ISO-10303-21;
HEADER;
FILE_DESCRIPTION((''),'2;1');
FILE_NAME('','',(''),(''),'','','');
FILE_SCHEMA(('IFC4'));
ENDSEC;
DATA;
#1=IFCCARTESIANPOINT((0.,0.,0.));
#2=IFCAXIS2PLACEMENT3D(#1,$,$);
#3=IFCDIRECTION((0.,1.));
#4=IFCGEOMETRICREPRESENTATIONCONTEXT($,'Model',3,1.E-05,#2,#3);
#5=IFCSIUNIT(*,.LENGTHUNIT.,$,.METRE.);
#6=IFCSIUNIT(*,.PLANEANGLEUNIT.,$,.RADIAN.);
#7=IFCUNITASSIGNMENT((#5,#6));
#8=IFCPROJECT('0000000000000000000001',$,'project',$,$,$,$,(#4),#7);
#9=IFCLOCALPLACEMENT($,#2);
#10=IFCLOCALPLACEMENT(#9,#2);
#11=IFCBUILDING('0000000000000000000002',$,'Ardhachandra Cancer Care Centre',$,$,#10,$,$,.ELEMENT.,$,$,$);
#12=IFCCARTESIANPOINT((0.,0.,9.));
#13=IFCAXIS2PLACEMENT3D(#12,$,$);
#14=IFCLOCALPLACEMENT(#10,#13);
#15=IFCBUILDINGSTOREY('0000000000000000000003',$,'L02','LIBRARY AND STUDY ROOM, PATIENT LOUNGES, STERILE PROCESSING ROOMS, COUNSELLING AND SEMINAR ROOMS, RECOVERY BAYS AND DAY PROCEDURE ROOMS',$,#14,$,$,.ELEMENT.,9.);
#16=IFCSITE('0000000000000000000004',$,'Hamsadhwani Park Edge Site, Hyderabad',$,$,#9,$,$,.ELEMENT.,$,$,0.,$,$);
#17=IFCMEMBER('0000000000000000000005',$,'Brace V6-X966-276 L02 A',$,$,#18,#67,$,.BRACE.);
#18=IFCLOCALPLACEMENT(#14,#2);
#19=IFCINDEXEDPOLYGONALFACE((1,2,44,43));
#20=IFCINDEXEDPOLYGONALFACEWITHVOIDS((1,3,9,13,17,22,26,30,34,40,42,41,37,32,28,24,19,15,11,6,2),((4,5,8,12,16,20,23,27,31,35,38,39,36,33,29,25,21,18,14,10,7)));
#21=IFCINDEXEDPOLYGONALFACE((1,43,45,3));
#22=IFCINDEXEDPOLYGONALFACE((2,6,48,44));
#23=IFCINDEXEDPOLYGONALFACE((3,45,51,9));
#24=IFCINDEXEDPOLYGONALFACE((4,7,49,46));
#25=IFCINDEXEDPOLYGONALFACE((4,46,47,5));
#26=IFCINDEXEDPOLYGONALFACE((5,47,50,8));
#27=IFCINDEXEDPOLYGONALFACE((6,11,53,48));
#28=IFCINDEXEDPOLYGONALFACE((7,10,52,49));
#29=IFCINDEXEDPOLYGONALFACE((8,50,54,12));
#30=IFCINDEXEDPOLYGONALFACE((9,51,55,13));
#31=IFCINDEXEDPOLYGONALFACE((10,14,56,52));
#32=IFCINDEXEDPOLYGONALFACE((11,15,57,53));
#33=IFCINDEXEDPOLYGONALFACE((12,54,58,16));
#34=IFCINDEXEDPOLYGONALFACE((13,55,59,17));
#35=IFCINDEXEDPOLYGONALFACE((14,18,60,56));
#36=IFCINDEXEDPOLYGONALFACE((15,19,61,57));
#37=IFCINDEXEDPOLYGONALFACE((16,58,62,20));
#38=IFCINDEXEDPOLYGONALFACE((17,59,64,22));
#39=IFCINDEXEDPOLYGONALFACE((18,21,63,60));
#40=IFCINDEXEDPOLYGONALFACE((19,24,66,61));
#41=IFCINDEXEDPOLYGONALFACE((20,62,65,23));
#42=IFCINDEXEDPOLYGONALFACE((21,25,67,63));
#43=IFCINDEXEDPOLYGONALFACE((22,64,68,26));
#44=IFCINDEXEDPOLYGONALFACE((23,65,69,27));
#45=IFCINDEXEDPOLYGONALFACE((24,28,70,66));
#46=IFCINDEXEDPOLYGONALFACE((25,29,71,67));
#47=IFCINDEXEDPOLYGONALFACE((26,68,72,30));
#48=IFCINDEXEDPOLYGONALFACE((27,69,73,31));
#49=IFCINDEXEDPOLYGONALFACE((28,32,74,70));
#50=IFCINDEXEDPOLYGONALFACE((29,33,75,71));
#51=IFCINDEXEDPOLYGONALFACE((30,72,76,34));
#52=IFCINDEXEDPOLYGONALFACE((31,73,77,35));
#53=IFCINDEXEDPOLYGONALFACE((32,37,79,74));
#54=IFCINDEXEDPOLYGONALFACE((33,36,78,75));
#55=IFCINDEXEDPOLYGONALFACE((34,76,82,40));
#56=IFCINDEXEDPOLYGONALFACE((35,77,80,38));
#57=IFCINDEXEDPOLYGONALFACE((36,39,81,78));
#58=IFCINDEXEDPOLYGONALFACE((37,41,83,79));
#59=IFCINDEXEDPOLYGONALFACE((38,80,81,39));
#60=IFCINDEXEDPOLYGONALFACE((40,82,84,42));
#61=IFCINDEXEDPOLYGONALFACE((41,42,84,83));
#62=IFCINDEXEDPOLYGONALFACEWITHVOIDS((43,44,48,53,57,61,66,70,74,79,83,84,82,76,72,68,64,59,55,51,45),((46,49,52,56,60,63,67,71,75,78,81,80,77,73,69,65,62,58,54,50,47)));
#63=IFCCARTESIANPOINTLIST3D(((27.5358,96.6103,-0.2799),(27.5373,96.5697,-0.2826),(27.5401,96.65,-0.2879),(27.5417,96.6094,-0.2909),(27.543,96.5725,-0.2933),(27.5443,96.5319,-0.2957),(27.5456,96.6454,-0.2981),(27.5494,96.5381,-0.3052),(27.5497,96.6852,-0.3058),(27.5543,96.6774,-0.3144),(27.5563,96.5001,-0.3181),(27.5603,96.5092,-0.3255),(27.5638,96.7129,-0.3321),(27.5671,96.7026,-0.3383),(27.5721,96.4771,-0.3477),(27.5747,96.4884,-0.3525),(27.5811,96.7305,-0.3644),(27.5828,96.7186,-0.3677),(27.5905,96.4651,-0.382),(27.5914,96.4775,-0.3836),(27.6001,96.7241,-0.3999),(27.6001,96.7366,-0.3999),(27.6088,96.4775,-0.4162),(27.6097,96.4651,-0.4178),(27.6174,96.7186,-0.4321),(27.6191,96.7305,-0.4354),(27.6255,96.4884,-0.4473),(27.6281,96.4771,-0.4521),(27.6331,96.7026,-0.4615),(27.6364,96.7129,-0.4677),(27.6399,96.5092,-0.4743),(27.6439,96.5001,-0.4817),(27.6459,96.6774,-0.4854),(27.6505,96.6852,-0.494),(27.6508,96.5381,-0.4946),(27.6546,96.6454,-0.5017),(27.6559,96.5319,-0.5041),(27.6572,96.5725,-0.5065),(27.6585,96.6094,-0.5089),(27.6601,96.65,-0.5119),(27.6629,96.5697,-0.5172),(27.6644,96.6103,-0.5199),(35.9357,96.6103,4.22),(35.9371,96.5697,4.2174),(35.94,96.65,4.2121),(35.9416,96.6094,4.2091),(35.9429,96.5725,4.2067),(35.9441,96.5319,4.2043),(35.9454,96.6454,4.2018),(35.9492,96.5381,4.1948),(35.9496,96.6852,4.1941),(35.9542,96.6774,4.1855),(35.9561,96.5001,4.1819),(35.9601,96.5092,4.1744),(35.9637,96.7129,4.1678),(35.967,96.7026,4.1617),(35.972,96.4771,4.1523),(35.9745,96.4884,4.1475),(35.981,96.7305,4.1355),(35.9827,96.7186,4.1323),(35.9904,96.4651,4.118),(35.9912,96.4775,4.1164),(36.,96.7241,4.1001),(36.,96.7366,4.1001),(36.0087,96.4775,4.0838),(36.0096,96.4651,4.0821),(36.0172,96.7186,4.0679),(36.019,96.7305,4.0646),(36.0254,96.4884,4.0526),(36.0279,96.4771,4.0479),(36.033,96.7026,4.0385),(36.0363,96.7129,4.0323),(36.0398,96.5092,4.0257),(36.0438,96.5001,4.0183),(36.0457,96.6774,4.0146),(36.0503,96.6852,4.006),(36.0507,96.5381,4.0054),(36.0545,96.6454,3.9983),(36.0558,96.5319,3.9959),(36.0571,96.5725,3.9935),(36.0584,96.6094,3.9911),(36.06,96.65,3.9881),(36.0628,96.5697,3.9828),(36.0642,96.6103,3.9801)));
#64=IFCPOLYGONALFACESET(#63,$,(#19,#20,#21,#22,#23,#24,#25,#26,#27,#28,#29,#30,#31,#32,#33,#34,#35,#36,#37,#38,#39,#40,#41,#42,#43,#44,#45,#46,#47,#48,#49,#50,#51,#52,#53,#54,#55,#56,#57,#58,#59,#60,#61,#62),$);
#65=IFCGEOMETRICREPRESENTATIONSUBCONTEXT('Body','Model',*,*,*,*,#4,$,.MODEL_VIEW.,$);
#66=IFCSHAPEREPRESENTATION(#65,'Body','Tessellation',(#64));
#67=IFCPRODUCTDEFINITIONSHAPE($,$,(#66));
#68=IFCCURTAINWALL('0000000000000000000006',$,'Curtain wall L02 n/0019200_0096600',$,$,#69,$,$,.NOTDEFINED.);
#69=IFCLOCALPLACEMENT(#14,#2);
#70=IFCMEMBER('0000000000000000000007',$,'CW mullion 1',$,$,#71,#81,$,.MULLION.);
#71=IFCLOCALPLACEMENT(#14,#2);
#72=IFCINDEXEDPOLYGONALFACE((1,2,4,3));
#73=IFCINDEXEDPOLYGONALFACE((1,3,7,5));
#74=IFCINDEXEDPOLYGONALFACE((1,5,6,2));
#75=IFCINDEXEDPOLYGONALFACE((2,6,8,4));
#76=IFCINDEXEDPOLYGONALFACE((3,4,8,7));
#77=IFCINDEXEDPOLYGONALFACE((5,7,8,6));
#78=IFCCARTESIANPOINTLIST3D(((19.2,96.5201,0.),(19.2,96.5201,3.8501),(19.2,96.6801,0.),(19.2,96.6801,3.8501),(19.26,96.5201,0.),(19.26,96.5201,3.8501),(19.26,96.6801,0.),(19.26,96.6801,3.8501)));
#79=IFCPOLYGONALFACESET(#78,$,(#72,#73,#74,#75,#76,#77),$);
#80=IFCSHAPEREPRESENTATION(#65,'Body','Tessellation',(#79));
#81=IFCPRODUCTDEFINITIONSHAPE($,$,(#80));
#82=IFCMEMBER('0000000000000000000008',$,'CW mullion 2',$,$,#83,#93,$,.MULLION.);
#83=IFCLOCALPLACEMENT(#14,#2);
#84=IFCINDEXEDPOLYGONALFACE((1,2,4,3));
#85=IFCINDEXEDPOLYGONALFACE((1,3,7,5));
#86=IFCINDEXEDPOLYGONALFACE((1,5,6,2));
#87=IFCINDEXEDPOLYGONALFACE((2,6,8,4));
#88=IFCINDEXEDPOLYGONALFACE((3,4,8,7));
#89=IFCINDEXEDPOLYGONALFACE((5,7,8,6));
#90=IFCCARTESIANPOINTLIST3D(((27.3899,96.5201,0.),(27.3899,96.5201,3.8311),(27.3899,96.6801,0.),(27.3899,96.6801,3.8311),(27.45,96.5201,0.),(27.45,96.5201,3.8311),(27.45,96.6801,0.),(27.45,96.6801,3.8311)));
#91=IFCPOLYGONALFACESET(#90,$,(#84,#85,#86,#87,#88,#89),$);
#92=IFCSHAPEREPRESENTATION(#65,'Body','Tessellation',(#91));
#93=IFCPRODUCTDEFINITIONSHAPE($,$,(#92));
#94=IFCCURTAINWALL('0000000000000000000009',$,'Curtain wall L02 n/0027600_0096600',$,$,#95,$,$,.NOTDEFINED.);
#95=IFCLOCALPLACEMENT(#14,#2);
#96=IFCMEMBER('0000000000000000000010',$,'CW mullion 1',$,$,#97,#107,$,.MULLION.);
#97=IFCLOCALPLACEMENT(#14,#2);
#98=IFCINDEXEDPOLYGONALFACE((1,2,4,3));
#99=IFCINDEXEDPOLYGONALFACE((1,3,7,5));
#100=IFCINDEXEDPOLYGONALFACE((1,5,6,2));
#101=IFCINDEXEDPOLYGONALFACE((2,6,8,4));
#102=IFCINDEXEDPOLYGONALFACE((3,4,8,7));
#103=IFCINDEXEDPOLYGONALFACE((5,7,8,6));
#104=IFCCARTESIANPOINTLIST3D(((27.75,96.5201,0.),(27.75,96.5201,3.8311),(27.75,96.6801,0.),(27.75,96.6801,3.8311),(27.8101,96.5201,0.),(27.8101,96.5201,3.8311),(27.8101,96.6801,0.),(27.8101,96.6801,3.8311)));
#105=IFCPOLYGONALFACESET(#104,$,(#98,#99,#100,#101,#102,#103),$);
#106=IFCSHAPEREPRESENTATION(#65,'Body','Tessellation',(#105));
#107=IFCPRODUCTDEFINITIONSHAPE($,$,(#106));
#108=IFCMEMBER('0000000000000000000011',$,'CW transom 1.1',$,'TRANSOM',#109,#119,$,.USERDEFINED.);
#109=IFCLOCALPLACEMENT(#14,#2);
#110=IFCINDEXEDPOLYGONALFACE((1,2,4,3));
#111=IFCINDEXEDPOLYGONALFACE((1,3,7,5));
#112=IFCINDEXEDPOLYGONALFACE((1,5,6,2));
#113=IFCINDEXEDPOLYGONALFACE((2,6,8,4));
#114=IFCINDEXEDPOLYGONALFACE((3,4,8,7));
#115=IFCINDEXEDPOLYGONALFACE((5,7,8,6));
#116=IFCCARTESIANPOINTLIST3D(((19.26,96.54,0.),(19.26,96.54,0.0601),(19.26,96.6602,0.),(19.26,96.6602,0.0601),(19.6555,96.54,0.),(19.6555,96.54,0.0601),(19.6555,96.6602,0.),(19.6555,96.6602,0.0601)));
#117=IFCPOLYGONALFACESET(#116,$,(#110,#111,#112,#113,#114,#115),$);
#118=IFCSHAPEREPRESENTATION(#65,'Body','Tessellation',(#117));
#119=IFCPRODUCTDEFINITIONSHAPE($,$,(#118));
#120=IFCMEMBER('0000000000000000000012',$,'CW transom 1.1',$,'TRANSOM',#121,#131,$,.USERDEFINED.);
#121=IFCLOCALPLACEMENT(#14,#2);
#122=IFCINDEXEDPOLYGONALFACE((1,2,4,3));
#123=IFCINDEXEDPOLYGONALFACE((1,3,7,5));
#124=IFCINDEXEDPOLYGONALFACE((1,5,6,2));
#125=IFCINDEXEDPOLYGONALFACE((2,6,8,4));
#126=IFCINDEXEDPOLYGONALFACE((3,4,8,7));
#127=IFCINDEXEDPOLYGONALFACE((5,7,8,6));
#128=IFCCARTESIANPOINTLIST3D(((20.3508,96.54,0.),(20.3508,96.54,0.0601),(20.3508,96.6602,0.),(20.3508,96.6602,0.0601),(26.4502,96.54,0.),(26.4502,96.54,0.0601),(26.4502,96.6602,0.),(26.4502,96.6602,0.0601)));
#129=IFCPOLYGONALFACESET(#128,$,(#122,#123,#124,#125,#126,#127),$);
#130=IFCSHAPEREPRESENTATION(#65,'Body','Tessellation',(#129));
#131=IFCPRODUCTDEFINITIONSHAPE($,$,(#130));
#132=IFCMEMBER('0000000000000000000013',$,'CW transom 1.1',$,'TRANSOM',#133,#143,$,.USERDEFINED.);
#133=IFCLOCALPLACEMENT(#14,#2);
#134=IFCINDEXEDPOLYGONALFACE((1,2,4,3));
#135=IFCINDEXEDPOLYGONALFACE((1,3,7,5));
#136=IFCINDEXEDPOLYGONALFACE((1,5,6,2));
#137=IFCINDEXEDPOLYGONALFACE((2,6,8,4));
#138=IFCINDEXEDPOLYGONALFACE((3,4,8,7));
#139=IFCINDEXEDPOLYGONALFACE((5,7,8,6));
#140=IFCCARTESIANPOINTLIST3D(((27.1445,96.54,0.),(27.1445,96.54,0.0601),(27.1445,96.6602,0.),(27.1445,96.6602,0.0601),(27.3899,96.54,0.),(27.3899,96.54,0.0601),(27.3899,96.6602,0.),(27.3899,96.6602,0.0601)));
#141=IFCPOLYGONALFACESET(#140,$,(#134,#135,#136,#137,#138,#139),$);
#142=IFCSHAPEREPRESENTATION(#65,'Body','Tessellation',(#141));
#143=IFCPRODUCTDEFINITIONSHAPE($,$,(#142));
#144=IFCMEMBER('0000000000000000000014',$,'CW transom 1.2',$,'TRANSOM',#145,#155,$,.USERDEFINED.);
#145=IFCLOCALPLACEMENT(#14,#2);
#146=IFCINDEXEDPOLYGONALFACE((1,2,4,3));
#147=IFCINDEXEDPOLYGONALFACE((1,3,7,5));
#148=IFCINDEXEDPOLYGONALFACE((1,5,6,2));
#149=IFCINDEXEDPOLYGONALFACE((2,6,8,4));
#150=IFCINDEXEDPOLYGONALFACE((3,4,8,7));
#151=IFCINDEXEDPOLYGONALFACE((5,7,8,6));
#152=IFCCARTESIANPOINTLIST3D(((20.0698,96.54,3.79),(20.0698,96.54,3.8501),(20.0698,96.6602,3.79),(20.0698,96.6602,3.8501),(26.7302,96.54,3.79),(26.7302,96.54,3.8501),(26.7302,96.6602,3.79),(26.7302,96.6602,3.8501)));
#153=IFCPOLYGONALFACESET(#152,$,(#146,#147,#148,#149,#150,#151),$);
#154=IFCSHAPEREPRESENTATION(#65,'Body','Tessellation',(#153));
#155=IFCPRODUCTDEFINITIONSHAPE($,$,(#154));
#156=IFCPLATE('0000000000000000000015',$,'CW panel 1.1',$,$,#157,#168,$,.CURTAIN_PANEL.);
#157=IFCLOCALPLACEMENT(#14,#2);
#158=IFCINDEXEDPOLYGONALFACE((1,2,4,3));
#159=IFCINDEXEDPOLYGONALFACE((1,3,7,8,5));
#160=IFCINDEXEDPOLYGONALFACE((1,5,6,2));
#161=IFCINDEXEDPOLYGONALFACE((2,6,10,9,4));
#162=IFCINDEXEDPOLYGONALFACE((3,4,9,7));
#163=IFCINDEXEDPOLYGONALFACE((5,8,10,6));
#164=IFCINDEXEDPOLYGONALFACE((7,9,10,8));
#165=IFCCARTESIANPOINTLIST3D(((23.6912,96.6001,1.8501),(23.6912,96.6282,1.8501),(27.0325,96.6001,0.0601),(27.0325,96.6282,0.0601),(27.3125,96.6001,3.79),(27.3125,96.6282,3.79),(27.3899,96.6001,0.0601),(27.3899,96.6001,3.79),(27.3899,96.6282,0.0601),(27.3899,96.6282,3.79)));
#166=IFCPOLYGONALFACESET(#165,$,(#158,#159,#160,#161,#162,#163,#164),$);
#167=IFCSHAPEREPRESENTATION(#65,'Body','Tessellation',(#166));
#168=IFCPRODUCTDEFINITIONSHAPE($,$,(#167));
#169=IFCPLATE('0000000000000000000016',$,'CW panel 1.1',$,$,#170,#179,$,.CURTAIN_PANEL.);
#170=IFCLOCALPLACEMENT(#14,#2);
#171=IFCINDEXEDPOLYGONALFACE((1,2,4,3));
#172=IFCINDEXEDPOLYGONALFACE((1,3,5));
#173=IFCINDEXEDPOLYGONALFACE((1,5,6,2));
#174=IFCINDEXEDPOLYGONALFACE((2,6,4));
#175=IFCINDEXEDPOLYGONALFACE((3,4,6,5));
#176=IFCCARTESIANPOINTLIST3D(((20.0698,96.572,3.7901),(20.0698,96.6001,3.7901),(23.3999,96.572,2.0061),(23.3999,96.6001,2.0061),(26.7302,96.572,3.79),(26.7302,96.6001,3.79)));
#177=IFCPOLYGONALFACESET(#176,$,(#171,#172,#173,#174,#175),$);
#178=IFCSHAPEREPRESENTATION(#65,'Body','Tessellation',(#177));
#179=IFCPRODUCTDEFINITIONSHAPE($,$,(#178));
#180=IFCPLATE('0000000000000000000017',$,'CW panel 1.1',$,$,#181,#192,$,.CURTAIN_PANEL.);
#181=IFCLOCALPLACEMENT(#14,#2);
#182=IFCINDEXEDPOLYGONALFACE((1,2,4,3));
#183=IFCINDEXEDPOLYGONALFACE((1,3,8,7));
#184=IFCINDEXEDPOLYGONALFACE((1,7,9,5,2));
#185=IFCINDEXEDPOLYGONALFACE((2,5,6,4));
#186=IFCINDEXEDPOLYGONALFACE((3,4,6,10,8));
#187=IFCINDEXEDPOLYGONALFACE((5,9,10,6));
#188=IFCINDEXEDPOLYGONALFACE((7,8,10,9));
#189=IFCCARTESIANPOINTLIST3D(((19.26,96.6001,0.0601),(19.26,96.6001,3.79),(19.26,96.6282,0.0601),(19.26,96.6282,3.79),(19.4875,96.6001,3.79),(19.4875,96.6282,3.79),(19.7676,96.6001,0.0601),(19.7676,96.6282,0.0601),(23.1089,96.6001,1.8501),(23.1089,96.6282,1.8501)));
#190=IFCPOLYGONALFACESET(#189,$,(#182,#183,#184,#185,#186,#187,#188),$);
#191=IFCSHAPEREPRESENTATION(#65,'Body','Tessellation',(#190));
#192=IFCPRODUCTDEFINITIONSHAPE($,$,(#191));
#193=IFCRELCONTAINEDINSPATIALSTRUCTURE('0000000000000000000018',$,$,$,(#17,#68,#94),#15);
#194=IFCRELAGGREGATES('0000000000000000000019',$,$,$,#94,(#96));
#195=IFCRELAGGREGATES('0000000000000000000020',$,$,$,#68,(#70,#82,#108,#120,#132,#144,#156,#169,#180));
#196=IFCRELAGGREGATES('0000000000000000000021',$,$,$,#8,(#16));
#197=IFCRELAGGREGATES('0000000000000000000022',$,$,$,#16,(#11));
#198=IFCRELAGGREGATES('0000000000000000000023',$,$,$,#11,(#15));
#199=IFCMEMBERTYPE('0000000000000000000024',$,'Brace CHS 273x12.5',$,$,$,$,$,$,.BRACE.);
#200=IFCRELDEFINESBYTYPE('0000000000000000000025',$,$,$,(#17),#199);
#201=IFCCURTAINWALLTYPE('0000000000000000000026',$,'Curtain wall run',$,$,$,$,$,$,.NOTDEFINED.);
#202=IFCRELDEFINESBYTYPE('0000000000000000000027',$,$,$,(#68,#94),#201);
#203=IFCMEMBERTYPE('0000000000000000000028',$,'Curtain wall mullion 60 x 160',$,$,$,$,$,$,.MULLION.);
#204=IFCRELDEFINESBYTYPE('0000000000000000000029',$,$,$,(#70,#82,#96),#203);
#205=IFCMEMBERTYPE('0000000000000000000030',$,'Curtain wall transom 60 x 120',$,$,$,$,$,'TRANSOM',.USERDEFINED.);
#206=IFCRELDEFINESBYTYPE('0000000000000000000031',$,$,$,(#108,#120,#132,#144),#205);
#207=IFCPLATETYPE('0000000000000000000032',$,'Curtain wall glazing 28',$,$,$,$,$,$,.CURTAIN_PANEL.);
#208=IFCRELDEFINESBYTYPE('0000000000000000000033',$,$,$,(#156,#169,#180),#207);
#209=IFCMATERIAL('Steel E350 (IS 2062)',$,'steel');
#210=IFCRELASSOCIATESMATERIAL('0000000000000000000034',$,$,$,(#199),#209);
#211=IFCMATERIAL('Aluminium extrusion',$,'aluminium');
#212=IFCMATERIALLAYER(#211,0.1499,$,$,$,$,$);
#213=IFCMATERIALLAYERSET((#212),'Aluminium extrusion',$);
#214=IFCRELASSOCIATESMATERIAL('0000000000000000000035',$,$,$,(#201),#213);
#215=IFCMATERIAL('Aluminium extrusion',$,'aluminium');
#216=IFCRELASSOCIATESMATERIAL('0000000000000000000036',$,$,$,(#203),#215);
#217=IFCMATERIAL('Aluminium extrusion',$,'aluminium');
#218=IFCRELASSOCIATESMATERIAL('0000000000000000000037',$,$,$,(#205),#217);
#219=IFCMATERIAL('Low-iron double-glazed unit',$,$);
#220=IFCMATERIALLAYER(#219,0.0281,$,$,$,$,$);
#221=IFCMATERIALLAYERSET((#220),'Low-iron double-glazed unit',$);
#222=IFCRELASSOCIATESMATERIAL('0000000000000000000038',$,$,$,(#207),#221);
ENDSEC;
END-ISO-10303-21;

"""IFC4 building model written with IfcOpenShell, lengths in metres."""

from ifc_helpers import new_model, si_unit, direction, frame, origin, origin_2d, place, context, subcontext, project, spatial, polyline, rectangle, hollow_circle, outline, extrude, material, layer, layer_set, material_profile, profile_set, type_object, element, aggregate, save


model = new_model("IFC4")

# Units and contexts
model_context = context("Model", 3, precision=1e-05, world=origin(), true_north=direction((0.0, 1.0)))
body_context = subcontext(model_context, "Body", "Model", "MODEL_VIEW")
ifc_project = project(units=[si_unit("LENGTHUNIT", "METRE"), si_unit("PLANEANGLEUNIT", "RADIAN")], contexts=[model_context])

# Site, building, storey
site_placement = place(None, origin())
site = spatial("IfcSite", under=ifc_project, at=site_placement, Name="Hamsadhwani Park Edge Site, Hyderabad", CompositionType="ELEMENT", RefElevation=0.0)
building_placement = place(site_placement, origin())
building = spatial("IfcBuilding", under=site, at=building_placement, Name="Ardhachandra Cancer Care Centre", CompositionType="ELEMENT")
storey_placement = place(building_placement, frame((0.0, 0.0, 9.0)))
storey = spatial("IfcBuildingStorey", under=building, at=storey_placement, Name="L02", Description="LIBRARY AND STUDY ROOM, PATIENT LOUNGES, STERILE PROCESSING ROOMS, COUNSELLING AND SEMINAR ROOMS, RECOVERY BAYS AND DAY PROCEDURE ROOMS", CompositionType="ELEMENT", Elevation=9.0)

# Member
ifc_material_1 = material(Name="Steel E350 (IS 2062)", Category="steel")
ifc_material_profile_1 = material_profile(ifc_material_1, hollow_circle(Radius=0.1365, WallThickness=0.0125, at=origin_2d()), Name="CHS 273x12.5")
ifc_profile_set_1 = profile_set([ifc_material_profile_1], Name="Steel E350 (IS 2062)")
member_type_1 = type_object("IfcMemberType", Name="Brace CHS 273x12.5", PredefinedType="BRACE", material=ifc_profile_set_1)
member_1_placement = place(storey_placement, frame((27.6001, 96.6001, -0.3999), z_axis=(0.881478, 0.0, 0.472226), x_axis=(0.0, 1.0, 0.0)))
element("IfcMember", 1, at=member_1_placement, inside=storey, type_object=member_type_1, Name="Brace V6-X966-276 L02 A", PredefinedType="BRACE", context=body_context, shape_type="SweptSolid", body=[
    extrude(hollow_circle(Radius=0.1365, WallThickness=0.0125, at=origin_2d()), origin(), (0.0, 0.0, 1.0), 9.5293),
])

# Curtain wall, members
ifc_material_2 = material(Name="Aluminium extrusion", Category="aluminium")
ifc_layer_1 = layer(ifc_material_2, 0.1499)
ifc_layer_set_1 = layer_set([ifc_layer_1], Name="Aluminium extrusion")
curtain_wall_type = type_object("IfcCurtainWallType", Name="Curtain wall run", PredefinedType="NOTDEFINED", material=ifc_layer_set_1)
curtain_wall_1_placement = place(storey_placement, origin())
curtain_wall_1 = element("IfcCurtainWall", 2, at=curtain_wall_1_placement, inside=storey, type_object=curtain_wall_type, Name="Curtain wall L02 n/0019200_0096600", PredefinedType="NOTDEFINED")
ifc_material_3 = material(Name="Aluminium extrusion", Category="aluminium")
ifc_material_profile_2 = material_profile(ifc_material_3, rectangle(XDim=0.1599, YDim=0.0601, at=origin_2d()), Name="Curtain wall mullion 60 x 160")
ifc_profile_set_2 = profile_set([ifc_material_profile_2], Name="Aluminium extrusion")
member_type_2 = type_object("IfcMemberType", Name="Curtain wall mullion 60 x 160", PredefinedType="MULLION", material=ifc_profile_set_2)
member_2_placement = place(storey_placement, frame((19.23, 96.6001, 0.0), z_axis=(0.0, 0.0, 1.0), x_axis=(0.0, 1.0, 0.0)))
member_2 = element("IfcMember", 3, at=member_2_placement, type_object=member_type_2, Name="CW mullion 1", PredefinedType="MULLION", context=body_context, shape_type="SweptSolid", body=[
    extrude(rectangle(XDim=0.1599, YDim=0.0601, at=origin_2d()), origin(), (0.0, 0.0, 1.0), 3.8501),
])
member_3_placement = place(storey_placement, frame((27.4199, 96.6001, 0.0), z_axis=(0.0, 0.0, 1.0), x_axis=(0.0, 1.0, 0.0)))
member_3 = element("IfcMember", 4, at=member_3_placement, type_object=member_type_2, Name="CW mullion 2", PredefinedType="MULLION", context=body_context, shape_type="SweptSolid", body=[
    extrude(rectangle(XDim=0.1599, YDim=0.0601, at=origin_2d()), origin(), (0.0, 0.0, 1.0), 3.8311),
])

# Curtain wall, member
curtain_wall_2_placement = place(storey_placement, origin())
curtain_wall_2 = element("IfcCurtainWall", 5, at=curtain_wall_2_placement, inside=storey, type_object=curtain_wall_type, Name="Curtain wall L02 n/0027600_0096600", PredefinedType="NOTDEFINED")
member_4_placement = place(storey_placement, frame((27.78, 96.6001, 0.0), z_axis=(0.0, 0.0, 1.0), x_axis=(0.0, 1.0, 0.0)))
member_4 = element("IfcMember", 6, at=member_4_placement, type_object=member_type_2, Name="CW mullion 1", PredefinedType="MULLION", context=body_context, shape_type="SweptSolid", body=[
    extrude(rectangle(XDim=0.1599, YDim=0.0601, at=origin_2d()), origin(), (0.0, 0.0, 1.0), 3.8311),
])
aggregate(curtain_wall_2, [member_4])

# Members
ifc_material_4 = material(Name="Aluminium extrusion", Category="aluminium")
ifc_material_profile_3 = material_profile(ifc_material_4, rectangle(XDim=0.1201, YDim=0.0601, at=origin_2d()), Name="Curtain wall transom 60 x 120")
ifc_profile_set_3 = profile_set([ifc_material_profile_3], Name="Aluminium extrusion")
member_type_3 = type_object("IfcMemberType", Name="Curtain wall transom 60 x 120", ElementType="TRANSOM", PredefinedType="USERDEFINED", material=ifc_profile_set_3)
member_5_placement = place(storey_placement, frame((19.26, 96.6001, 0.03), z_axis=(1.0, 0.0, 0.0), x_axis=(0.0, 1.0, 0.0)))
member_5 = element("IfcMember", 7, at=member_5_placement, type_object=member_type_3, Name="CW transom 1.1", ObjectType="TRANSOM", PredefinedType="USERDEFINED", context=body_context, shape_type="SweptSolid", body=[
    extrude(rectangle(XDim=0.1201, YDim=0.0601, at=origin_2d()), origin(), (0.0, 0.0, 1.0), 0.3955),
])
member_6_placement = place(storey_placement, frame((20.3508, 96.6001, 0.03), z_axis=(1.0, 0.0, 0.0), x_axis=(0.0, 1.0, 0.0)))
member_6 = element("IfcMember", 8, at=member_6_placement, type_object=member_type_3, Name="CW transom 1.1", ObjectType="TRANSOM", PredefinedType="USERDEFINED", context=body_context, shape_type="SweptSolid", body=[
    extrude(rectangle(XDim=0.1201, YDim=0.0601, at=origin_2d()), origin(), (0.0, 0.0, 1.0), 6.0994),
])
member_7_placement = place(storey_placement, frame((27.1445, 96.6001, 0.03), z_axis=(1.0, 0.0, 0.0), x_axis=(0.0, 1.0, 0.0)))
member_7 = element("IfcMember", 9, at=member_7_placement, type_object=member_type_3, Name="CW transom 1.1", ObjectType="TRANSOM", PredefinedType="USERDEFINED", context=body_context, shape_type="SweptSolid", body=[
    extrude(rectangle(XDim=0.1201, YDim=0.0601, at=origin_2d()), origin(), (0.0, 0.0, 1.0), 0.2454),
])
member_8_placement = place(storey_placement, frame((20.0698, 96.6001, 3.8201), z_axis=(1.0, 0.0, 0.0), x_axis=(0.0, 1.0, 0.0)))
member_8 = element("IfcMember", 10, at=member_8_placement, type_object=member_type_3, Name="CW transom 1.2", ObjectType="TRANSOM", PredefinedType="USERDEFINED", context=body_context, shape_type="SweptSolid", body=[
    extrude(rectangle(XDim=0.1201, YDim=0.0601, at=origin_2d()), origin(), (0.0, 0.0, 1.0), 6.6604),
])

# Plates
ifc_material_5 = material(Name="Low-iron double-glazed unit")
ifc_layer_2 = layer(ifc_material_5, 0.0281)
ifc_layer_set_2 = layer_set([ifc_layer_2], Name="Low-iron double-glazed unit")
plate_type = type_object("IfcPlateType", Name="Curtain wall glazing 28", PredefinedType="CURTAIN_PANEL", material=ifc_layer_set_2)
plate_1_placement = place(storey_placement, frame((27.3899, 96.6001, 3.79), z_axis=(0.0, 1.0, 0.0), x_axis=(0.0, 0.0, -1.0)))
plate_1 = element("IfcPlate", 11, at=plate_1_placement, type_object=plate_type, Name="CW panel 1.1", PredefinedType="CURTAIN_PANEL", context=body_context, shape_type="SweptSolid", body=[
    extrude(outline(polyline([(0.0, 0.0), (3.73, 0.0), (3.73, 0.3574), (1.9399, 3.6987), (0.0, 0.0774), (0.0, 0.0)])), origin(), (0.0, 0.0, 1.0), 0.0281),
])
plate_2_placement = place(storey_placement, frame((26.7302, 96.6001, 3.79), z_axis=(0.0, 1.0, 0.0), x_axis=(-0.881498, 0.0, -0.472187)))
plate_2 = element("IfcPlate", 12, at=plate_2_placement, type_object=plate_type, Name="CW panel 1.1", PredefinedType="CURTAIN_PANEL", context=body_context, shape_type="SweptSolid", body=[
    extrude(outline(polyline([(0.0, 0.0), (3.7781, 0.0), (5.8711, 3.145), (0.0, 0.0)])), frame((0.0, 0.0, -0.0281)), (0.0, 0.0, 1.0), 0.0281),
])
plate_3_placement = place(storey_placement, frame((19.26, 96.6001, 0.0601), z_axis=(0.0, 1.0, 0.0), x_axis=(0.0, 0.0, 1.0)))
plate_3 = element("IfcPlate", 13, at=plate_3_placement, type_object=plate_type, Name="CW panel 1.1", PredefinedType="CURTAIN_PANEL", context=body_context, shape_type="SweptSolid", body=[
    extrude(outline(polyline([(0.0, 0.0), (3.73, 0.0), (3.73, 0.2275), (1.79, 3.8489), (0.0, 0.5076), (0.0, 0.0)])), origin(), (0.0, 0.0, 1.0), 0.0281),
])
aggregate(curtain_wall_1, [member_2, member_3, member_5, member_6, member_7, member_8, plate_1, plate_2, plate_3])

save(model, "model.ifc")
